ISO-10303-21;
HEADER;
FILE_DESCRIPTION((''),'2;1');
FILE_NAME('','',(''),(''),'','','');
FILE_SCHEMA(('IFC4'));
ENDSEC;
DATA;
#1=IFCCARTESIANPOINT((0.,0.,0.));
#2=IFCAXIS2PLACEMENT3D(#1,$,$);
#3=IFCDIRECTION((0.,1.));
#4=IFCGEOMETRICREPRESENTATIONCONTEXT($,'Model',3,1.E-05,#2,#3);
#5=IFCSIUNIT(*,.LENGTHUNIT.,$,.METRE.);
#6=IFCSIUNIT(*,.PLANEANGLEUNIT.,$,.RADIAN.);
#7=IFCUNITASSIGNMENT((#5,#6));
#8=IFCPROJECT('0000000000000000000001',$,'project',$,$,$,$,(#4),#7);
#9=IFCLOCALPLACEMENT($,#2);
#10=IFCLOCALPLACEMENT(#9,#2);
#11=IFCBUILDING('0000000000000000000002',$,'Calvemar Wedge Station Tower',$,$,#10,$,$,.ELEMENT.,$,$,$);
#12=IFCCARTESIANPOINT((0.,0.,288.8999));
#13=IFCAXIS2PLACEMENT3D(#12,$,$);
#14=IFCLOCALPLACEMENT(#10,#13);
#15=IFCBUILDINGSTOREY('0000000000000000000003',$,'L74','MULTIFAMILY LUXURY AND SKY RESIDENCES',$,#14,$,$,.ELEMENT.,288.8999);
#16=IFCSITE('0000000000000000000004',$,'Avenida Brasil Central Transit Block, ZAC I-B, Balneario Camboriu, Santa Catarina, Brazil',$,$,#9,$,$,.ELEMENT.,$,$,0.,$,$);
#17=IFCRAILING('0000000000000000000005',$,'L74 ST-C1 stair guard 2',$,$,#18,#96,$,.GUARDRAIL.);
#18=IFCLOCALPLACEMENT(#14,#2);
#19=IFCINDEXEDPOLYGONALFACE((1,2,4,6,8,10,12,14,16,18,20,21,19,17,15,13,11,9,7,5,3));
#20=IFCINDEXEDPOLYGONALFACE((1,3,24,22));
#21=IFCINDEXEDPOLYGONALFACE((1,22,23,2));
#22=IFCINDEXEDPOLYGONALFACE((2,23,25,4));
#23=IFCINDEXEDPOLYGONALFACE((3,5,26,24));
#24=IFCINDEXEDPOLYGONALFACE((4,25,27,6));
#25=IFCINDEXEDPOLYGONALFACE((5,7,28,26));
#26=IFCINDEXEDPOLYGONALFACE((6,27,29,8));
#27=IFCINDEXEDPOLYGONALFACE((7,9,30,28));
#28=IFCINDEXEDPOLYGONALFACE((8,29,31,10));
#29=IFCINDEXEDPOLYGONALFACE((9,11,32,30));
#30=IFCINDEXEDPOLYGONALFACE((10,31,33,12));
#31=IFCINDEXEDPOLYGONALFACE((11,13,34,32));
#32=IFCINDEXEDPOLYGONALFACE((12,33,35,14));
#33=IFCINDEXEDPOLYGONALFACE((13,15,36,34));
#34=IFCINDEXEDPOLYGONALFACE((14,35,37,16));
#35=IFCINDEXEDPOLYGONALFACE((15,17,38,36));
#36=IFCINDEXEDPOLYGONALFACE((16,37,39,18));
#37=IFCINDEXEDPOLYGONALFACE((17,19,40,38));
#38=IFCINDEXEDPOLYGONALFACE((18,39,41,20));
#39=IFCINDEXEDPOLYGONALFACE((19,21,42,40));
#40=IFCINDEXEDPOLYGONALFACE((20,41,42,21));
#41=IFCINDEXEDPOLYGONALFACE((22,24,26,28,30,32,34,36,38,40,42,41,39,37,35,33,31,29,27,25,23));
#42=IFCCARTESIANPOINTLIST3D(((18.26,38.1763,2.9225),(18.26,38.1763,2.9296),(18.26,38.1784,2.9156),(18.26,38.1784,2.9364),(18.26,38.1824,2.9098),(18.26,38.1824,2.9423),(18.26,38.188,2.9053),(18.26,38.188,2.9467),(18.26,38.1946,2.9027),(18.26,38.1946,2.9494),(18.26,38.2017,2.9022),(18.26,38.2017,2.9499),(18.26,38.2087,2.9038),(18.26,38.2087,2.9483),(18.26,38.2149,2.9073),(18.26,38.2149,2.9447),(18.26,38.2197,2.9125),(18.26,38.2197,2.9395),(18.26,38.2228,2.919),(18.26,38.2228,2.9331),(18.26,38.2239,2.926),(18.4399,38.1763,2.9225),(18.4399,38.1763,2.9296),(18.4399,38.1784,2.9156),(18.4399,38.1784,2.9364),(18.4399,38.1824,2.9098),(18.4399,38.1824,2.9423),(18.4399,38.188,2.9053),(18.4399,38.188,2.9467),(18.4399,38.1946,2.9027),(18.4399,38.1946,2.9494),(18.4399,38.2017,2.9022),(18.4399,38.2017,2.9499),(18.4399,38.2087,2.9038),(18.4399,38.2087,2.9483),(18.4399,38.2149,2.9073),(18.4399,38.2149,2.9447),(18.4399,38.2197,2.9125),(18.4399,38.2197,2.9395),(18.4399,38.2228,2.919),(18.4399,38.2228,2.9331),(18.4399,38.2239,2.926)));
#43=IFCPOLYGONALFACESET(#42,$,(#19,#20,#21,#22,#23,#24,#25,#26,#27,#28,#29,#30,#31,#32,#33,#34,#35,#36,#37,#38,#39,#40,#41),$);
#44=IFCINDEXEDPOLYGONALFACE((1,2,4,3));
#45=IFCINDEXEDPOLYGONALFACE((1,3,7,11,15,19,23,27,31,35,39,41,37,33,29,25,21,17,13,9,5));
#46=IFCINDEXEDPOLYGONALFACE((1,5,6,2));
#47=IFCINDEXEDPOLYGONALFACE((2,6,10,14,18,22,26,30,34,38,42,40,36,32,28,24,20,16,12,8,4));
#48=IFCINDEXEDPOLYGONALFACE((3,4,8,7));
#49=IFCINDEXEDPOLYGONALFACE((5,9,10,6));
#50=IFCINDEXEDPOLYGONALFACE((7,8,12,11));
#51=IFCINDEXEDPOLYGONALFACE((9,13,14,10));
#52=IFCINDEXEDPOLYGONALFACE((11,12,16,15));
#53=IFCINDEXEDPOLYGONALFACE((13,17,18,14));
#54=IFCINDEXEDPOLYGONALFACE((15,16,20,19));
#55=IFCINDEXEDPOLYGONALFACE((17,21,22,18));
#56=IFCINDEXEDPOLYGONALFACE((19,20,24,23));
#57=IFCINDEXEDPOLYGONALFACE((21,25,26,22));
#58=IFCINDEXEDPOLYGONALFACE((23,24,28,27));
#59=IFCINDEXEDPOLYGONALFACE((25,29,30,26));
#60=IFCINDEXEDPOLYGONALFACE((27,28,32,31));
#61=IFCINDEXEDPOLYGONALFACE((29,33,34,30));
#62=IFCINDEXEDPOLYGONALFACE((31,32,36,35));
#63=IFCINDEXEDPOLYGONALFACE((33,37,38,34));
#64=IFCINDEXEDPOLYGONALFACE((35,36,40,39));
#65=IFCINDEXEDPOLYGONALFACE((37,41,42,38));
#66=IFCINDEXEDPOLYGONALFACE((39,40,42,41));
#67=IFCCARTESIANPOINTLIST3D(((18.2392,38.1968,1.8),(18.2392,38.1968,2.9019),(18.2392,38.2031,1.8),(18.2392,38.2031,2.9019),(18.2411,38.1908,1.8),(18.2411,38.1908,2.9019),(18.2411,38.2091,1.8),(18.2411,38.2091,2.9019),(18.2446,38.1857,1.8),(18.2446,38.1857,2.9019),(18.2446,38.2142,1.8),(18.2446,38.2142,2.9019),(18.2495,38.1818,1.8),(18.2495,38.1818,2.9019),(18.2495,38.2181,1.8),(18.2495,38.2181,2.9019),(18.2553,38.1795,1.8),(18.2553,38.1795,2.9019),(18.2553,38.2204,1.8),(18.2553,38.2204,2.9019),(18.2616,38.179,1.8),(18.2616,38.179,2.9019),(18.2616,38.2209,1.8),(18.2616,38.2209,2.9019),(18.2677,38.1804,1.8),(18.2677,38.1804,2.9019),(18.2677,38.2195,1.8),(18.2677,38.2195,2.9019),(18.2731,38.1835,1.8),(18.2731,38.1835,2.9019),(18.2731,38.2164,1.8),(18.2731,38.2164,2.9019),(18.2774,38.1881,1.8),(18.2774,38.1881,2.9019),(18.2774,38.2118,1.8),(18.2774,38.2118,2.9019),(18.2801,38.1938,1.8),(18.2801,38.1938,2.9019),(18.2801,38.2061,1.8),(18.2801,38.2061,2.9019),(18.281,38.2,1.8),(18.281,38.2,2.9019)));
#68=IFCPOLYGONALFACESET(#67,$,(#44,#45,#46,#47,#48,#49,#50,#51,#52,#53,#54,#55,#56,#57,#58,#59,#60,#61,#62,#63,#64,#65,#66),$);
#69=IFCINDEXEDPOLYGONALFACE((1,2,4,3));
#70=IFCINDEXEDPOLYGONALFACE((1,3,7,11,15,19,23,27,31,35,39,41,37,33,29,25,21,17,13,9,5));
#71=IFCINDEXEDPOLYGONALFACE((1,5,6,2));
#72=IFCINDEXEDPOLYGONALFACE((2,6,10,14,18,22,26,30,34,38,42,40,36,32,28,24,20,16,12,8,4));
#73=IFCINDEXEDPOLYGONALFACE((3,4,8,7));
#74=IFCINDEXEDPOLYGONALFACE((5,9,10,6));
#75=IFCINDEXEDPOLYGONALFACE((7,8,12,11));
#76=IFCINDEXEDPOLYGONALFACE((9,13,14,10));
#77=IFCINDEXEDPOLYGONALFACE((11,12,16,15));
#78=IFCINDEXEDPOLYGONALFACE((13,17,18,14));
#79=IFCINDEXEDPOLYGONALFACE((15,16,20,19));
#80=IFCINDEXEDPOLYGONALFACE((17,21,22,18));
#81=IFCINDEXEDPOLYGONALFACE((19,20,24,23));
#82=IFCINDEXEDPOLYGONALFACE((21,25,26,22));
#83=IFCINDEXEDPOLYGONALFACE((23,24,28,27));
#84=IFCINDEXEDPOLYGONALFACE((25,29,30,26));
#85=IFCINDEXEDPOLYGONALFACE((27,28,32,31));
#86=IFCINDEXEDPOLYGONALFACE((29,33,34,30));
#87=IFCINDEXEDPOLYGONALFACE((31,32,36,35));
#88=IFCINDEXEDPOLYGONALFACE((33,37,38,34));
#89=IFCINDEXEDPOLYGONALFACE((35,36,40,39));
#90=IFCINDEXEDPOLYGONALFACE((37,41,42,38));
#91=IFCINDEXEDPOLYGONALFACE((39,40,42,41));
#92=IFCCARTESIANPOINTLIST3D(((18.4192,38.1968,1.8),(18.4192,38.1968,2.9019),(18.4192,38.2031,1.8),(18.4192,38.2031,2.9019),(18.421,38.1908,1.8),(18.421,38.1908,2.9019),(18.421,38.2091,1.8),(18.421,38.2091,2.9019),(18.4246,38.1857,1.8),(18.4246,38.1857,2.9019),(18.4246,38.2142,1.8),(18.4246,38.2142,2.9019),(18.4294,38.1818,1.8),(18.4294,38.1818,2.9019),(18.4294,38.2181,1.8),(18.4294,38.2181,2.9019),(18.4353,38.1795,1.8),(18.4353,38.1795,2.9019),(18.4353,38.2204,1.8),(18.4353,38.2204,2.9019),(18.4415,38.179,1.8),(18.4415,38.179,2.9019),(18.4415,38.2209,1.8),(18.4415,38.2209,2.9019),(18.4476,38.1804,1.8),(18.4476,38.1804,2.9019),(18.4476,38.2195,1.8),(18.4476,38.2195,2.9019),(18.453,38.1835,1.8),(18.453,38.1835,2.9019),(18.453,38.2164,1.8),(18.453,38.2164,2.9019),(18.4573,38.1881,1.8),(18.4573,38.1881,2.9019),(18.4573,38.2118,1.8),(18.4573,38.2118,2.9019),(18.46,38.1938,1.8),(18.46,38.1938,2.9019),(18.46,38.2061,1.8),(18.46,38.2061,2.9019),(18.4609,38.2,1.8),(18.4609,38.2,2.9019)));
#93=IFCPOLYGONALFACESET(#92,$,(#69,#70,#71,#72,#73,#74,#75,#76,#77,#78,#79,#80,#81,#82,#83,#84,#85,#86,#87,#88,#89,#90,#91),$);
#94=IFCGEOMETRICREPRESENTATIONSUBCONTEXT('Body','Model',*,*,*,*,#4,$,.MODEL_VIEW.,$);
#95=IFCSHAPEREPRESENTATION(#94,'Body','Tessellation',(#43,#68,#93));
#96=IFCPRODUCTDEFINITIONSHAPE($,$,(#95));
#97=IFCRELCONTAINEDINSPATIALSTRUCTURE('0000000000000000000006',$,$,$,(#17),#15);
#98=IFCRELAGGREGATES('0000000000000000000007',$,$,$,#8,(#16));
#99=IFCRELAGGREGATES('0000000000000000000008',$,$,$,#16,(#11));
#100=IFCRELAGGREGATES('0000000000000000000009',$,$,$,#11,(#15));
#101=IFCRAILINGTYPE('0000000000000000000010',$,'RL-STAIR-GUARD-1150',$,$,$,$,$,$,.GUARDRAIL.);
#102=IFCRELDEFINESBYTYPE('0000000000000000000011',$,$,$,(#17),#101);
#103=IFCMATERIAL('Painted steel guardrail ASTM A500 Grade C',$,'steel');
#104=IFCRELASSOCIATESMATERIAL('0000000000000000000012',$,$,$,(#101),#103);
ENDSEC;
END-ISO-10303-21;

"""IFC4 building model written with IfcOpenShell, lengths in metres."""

from ifc_helpers import new_model, si_unit, direction, frame, origin, origin_2d, place, context, subcontext, project, spatial, circle, extrude, material, type_object, element, save


model = new_model("IFC4")

# Units and contexts
model_context = context("Model", 3, precision=1e-05, world=origin(), true_north=direction((0.0, 1.0)))
body_context = subcontext(model_context, "Body", "Model", "MODEL_VIEW")
ifc_project = project(units=[si_unit("LENGTHUNIT", "METRE"), si_unit("PLANEANGLEUNIT", "RADIAN")], contexts=[model_context])

# Site, building, storey
site_placement = place(None, origin())
site = spatial("IfcSite", under=ifc_project, at=site_placement, Name="Avenida Brasil Central Transit Block, ZAC I-B, Balneario Camboriu, Santa Catarina, Brazil", CompositionType="ELEMENT", RefElevation=0.0)
building_placement = place(site_placement, origin())
building = spatial("IfcBuilding", under=site, at=building_placement, Name="Calvemar Wedge Station Tower", CompositionType="ELEMENT")
storey_placement = place(building_placement, frame((0.0, 0.0, 288.8999)))
storey = spatial("IfcBuildingStorey", under=building, at=storey_placement, Name="L74", Description="MULTIFAMILY LUXURY AND SKY RESIDENCES", CompositionType="ELEMENT", Elevation=288.8999)

# Railing
ifc_material_1 = material(Name="Painted steel guardrail ASTM A500 Grade C", Category="steel")
railing_type = type_object("IfcRailingType", Name="RL-STAIR-GUARD-1150", PredefinedType="GUARDRAIL", material=ifc_material_1)
railing_1_placement = place(storey_placement, frame((18.26, 38.2, 1.8)))
element("IfcRailing", 1, at=railing_1_placement, inside=storey, type_object=railing_type, Name="L74 ST-C1 stair guard 2", PredefinedType="GUARDRAIL", context=body_context, shape_type="SweptSolid", body=[
    extrude(circle(Radius=0.0239, at=origin_2d()), frame((0.0, 0.0, 1.126), z_axis=(1.0, 0.0, 0.0), x_axis=(0.0, 1.0, 0.0)), (0.0, 0.0, 1.0), 0.1799),
    extrude(circle(Radius=0.021, at=origin_2d()), origin(), (0.0, 0.0, 1.0), 1.1018),
    extrude(circle(Radius=0.021, at=origin_2d()), frame((0.1799, 0.0, 0.0)), (0.0, 0.0, 1.0), 1.1018),
])

save(model, "model.ifc")
